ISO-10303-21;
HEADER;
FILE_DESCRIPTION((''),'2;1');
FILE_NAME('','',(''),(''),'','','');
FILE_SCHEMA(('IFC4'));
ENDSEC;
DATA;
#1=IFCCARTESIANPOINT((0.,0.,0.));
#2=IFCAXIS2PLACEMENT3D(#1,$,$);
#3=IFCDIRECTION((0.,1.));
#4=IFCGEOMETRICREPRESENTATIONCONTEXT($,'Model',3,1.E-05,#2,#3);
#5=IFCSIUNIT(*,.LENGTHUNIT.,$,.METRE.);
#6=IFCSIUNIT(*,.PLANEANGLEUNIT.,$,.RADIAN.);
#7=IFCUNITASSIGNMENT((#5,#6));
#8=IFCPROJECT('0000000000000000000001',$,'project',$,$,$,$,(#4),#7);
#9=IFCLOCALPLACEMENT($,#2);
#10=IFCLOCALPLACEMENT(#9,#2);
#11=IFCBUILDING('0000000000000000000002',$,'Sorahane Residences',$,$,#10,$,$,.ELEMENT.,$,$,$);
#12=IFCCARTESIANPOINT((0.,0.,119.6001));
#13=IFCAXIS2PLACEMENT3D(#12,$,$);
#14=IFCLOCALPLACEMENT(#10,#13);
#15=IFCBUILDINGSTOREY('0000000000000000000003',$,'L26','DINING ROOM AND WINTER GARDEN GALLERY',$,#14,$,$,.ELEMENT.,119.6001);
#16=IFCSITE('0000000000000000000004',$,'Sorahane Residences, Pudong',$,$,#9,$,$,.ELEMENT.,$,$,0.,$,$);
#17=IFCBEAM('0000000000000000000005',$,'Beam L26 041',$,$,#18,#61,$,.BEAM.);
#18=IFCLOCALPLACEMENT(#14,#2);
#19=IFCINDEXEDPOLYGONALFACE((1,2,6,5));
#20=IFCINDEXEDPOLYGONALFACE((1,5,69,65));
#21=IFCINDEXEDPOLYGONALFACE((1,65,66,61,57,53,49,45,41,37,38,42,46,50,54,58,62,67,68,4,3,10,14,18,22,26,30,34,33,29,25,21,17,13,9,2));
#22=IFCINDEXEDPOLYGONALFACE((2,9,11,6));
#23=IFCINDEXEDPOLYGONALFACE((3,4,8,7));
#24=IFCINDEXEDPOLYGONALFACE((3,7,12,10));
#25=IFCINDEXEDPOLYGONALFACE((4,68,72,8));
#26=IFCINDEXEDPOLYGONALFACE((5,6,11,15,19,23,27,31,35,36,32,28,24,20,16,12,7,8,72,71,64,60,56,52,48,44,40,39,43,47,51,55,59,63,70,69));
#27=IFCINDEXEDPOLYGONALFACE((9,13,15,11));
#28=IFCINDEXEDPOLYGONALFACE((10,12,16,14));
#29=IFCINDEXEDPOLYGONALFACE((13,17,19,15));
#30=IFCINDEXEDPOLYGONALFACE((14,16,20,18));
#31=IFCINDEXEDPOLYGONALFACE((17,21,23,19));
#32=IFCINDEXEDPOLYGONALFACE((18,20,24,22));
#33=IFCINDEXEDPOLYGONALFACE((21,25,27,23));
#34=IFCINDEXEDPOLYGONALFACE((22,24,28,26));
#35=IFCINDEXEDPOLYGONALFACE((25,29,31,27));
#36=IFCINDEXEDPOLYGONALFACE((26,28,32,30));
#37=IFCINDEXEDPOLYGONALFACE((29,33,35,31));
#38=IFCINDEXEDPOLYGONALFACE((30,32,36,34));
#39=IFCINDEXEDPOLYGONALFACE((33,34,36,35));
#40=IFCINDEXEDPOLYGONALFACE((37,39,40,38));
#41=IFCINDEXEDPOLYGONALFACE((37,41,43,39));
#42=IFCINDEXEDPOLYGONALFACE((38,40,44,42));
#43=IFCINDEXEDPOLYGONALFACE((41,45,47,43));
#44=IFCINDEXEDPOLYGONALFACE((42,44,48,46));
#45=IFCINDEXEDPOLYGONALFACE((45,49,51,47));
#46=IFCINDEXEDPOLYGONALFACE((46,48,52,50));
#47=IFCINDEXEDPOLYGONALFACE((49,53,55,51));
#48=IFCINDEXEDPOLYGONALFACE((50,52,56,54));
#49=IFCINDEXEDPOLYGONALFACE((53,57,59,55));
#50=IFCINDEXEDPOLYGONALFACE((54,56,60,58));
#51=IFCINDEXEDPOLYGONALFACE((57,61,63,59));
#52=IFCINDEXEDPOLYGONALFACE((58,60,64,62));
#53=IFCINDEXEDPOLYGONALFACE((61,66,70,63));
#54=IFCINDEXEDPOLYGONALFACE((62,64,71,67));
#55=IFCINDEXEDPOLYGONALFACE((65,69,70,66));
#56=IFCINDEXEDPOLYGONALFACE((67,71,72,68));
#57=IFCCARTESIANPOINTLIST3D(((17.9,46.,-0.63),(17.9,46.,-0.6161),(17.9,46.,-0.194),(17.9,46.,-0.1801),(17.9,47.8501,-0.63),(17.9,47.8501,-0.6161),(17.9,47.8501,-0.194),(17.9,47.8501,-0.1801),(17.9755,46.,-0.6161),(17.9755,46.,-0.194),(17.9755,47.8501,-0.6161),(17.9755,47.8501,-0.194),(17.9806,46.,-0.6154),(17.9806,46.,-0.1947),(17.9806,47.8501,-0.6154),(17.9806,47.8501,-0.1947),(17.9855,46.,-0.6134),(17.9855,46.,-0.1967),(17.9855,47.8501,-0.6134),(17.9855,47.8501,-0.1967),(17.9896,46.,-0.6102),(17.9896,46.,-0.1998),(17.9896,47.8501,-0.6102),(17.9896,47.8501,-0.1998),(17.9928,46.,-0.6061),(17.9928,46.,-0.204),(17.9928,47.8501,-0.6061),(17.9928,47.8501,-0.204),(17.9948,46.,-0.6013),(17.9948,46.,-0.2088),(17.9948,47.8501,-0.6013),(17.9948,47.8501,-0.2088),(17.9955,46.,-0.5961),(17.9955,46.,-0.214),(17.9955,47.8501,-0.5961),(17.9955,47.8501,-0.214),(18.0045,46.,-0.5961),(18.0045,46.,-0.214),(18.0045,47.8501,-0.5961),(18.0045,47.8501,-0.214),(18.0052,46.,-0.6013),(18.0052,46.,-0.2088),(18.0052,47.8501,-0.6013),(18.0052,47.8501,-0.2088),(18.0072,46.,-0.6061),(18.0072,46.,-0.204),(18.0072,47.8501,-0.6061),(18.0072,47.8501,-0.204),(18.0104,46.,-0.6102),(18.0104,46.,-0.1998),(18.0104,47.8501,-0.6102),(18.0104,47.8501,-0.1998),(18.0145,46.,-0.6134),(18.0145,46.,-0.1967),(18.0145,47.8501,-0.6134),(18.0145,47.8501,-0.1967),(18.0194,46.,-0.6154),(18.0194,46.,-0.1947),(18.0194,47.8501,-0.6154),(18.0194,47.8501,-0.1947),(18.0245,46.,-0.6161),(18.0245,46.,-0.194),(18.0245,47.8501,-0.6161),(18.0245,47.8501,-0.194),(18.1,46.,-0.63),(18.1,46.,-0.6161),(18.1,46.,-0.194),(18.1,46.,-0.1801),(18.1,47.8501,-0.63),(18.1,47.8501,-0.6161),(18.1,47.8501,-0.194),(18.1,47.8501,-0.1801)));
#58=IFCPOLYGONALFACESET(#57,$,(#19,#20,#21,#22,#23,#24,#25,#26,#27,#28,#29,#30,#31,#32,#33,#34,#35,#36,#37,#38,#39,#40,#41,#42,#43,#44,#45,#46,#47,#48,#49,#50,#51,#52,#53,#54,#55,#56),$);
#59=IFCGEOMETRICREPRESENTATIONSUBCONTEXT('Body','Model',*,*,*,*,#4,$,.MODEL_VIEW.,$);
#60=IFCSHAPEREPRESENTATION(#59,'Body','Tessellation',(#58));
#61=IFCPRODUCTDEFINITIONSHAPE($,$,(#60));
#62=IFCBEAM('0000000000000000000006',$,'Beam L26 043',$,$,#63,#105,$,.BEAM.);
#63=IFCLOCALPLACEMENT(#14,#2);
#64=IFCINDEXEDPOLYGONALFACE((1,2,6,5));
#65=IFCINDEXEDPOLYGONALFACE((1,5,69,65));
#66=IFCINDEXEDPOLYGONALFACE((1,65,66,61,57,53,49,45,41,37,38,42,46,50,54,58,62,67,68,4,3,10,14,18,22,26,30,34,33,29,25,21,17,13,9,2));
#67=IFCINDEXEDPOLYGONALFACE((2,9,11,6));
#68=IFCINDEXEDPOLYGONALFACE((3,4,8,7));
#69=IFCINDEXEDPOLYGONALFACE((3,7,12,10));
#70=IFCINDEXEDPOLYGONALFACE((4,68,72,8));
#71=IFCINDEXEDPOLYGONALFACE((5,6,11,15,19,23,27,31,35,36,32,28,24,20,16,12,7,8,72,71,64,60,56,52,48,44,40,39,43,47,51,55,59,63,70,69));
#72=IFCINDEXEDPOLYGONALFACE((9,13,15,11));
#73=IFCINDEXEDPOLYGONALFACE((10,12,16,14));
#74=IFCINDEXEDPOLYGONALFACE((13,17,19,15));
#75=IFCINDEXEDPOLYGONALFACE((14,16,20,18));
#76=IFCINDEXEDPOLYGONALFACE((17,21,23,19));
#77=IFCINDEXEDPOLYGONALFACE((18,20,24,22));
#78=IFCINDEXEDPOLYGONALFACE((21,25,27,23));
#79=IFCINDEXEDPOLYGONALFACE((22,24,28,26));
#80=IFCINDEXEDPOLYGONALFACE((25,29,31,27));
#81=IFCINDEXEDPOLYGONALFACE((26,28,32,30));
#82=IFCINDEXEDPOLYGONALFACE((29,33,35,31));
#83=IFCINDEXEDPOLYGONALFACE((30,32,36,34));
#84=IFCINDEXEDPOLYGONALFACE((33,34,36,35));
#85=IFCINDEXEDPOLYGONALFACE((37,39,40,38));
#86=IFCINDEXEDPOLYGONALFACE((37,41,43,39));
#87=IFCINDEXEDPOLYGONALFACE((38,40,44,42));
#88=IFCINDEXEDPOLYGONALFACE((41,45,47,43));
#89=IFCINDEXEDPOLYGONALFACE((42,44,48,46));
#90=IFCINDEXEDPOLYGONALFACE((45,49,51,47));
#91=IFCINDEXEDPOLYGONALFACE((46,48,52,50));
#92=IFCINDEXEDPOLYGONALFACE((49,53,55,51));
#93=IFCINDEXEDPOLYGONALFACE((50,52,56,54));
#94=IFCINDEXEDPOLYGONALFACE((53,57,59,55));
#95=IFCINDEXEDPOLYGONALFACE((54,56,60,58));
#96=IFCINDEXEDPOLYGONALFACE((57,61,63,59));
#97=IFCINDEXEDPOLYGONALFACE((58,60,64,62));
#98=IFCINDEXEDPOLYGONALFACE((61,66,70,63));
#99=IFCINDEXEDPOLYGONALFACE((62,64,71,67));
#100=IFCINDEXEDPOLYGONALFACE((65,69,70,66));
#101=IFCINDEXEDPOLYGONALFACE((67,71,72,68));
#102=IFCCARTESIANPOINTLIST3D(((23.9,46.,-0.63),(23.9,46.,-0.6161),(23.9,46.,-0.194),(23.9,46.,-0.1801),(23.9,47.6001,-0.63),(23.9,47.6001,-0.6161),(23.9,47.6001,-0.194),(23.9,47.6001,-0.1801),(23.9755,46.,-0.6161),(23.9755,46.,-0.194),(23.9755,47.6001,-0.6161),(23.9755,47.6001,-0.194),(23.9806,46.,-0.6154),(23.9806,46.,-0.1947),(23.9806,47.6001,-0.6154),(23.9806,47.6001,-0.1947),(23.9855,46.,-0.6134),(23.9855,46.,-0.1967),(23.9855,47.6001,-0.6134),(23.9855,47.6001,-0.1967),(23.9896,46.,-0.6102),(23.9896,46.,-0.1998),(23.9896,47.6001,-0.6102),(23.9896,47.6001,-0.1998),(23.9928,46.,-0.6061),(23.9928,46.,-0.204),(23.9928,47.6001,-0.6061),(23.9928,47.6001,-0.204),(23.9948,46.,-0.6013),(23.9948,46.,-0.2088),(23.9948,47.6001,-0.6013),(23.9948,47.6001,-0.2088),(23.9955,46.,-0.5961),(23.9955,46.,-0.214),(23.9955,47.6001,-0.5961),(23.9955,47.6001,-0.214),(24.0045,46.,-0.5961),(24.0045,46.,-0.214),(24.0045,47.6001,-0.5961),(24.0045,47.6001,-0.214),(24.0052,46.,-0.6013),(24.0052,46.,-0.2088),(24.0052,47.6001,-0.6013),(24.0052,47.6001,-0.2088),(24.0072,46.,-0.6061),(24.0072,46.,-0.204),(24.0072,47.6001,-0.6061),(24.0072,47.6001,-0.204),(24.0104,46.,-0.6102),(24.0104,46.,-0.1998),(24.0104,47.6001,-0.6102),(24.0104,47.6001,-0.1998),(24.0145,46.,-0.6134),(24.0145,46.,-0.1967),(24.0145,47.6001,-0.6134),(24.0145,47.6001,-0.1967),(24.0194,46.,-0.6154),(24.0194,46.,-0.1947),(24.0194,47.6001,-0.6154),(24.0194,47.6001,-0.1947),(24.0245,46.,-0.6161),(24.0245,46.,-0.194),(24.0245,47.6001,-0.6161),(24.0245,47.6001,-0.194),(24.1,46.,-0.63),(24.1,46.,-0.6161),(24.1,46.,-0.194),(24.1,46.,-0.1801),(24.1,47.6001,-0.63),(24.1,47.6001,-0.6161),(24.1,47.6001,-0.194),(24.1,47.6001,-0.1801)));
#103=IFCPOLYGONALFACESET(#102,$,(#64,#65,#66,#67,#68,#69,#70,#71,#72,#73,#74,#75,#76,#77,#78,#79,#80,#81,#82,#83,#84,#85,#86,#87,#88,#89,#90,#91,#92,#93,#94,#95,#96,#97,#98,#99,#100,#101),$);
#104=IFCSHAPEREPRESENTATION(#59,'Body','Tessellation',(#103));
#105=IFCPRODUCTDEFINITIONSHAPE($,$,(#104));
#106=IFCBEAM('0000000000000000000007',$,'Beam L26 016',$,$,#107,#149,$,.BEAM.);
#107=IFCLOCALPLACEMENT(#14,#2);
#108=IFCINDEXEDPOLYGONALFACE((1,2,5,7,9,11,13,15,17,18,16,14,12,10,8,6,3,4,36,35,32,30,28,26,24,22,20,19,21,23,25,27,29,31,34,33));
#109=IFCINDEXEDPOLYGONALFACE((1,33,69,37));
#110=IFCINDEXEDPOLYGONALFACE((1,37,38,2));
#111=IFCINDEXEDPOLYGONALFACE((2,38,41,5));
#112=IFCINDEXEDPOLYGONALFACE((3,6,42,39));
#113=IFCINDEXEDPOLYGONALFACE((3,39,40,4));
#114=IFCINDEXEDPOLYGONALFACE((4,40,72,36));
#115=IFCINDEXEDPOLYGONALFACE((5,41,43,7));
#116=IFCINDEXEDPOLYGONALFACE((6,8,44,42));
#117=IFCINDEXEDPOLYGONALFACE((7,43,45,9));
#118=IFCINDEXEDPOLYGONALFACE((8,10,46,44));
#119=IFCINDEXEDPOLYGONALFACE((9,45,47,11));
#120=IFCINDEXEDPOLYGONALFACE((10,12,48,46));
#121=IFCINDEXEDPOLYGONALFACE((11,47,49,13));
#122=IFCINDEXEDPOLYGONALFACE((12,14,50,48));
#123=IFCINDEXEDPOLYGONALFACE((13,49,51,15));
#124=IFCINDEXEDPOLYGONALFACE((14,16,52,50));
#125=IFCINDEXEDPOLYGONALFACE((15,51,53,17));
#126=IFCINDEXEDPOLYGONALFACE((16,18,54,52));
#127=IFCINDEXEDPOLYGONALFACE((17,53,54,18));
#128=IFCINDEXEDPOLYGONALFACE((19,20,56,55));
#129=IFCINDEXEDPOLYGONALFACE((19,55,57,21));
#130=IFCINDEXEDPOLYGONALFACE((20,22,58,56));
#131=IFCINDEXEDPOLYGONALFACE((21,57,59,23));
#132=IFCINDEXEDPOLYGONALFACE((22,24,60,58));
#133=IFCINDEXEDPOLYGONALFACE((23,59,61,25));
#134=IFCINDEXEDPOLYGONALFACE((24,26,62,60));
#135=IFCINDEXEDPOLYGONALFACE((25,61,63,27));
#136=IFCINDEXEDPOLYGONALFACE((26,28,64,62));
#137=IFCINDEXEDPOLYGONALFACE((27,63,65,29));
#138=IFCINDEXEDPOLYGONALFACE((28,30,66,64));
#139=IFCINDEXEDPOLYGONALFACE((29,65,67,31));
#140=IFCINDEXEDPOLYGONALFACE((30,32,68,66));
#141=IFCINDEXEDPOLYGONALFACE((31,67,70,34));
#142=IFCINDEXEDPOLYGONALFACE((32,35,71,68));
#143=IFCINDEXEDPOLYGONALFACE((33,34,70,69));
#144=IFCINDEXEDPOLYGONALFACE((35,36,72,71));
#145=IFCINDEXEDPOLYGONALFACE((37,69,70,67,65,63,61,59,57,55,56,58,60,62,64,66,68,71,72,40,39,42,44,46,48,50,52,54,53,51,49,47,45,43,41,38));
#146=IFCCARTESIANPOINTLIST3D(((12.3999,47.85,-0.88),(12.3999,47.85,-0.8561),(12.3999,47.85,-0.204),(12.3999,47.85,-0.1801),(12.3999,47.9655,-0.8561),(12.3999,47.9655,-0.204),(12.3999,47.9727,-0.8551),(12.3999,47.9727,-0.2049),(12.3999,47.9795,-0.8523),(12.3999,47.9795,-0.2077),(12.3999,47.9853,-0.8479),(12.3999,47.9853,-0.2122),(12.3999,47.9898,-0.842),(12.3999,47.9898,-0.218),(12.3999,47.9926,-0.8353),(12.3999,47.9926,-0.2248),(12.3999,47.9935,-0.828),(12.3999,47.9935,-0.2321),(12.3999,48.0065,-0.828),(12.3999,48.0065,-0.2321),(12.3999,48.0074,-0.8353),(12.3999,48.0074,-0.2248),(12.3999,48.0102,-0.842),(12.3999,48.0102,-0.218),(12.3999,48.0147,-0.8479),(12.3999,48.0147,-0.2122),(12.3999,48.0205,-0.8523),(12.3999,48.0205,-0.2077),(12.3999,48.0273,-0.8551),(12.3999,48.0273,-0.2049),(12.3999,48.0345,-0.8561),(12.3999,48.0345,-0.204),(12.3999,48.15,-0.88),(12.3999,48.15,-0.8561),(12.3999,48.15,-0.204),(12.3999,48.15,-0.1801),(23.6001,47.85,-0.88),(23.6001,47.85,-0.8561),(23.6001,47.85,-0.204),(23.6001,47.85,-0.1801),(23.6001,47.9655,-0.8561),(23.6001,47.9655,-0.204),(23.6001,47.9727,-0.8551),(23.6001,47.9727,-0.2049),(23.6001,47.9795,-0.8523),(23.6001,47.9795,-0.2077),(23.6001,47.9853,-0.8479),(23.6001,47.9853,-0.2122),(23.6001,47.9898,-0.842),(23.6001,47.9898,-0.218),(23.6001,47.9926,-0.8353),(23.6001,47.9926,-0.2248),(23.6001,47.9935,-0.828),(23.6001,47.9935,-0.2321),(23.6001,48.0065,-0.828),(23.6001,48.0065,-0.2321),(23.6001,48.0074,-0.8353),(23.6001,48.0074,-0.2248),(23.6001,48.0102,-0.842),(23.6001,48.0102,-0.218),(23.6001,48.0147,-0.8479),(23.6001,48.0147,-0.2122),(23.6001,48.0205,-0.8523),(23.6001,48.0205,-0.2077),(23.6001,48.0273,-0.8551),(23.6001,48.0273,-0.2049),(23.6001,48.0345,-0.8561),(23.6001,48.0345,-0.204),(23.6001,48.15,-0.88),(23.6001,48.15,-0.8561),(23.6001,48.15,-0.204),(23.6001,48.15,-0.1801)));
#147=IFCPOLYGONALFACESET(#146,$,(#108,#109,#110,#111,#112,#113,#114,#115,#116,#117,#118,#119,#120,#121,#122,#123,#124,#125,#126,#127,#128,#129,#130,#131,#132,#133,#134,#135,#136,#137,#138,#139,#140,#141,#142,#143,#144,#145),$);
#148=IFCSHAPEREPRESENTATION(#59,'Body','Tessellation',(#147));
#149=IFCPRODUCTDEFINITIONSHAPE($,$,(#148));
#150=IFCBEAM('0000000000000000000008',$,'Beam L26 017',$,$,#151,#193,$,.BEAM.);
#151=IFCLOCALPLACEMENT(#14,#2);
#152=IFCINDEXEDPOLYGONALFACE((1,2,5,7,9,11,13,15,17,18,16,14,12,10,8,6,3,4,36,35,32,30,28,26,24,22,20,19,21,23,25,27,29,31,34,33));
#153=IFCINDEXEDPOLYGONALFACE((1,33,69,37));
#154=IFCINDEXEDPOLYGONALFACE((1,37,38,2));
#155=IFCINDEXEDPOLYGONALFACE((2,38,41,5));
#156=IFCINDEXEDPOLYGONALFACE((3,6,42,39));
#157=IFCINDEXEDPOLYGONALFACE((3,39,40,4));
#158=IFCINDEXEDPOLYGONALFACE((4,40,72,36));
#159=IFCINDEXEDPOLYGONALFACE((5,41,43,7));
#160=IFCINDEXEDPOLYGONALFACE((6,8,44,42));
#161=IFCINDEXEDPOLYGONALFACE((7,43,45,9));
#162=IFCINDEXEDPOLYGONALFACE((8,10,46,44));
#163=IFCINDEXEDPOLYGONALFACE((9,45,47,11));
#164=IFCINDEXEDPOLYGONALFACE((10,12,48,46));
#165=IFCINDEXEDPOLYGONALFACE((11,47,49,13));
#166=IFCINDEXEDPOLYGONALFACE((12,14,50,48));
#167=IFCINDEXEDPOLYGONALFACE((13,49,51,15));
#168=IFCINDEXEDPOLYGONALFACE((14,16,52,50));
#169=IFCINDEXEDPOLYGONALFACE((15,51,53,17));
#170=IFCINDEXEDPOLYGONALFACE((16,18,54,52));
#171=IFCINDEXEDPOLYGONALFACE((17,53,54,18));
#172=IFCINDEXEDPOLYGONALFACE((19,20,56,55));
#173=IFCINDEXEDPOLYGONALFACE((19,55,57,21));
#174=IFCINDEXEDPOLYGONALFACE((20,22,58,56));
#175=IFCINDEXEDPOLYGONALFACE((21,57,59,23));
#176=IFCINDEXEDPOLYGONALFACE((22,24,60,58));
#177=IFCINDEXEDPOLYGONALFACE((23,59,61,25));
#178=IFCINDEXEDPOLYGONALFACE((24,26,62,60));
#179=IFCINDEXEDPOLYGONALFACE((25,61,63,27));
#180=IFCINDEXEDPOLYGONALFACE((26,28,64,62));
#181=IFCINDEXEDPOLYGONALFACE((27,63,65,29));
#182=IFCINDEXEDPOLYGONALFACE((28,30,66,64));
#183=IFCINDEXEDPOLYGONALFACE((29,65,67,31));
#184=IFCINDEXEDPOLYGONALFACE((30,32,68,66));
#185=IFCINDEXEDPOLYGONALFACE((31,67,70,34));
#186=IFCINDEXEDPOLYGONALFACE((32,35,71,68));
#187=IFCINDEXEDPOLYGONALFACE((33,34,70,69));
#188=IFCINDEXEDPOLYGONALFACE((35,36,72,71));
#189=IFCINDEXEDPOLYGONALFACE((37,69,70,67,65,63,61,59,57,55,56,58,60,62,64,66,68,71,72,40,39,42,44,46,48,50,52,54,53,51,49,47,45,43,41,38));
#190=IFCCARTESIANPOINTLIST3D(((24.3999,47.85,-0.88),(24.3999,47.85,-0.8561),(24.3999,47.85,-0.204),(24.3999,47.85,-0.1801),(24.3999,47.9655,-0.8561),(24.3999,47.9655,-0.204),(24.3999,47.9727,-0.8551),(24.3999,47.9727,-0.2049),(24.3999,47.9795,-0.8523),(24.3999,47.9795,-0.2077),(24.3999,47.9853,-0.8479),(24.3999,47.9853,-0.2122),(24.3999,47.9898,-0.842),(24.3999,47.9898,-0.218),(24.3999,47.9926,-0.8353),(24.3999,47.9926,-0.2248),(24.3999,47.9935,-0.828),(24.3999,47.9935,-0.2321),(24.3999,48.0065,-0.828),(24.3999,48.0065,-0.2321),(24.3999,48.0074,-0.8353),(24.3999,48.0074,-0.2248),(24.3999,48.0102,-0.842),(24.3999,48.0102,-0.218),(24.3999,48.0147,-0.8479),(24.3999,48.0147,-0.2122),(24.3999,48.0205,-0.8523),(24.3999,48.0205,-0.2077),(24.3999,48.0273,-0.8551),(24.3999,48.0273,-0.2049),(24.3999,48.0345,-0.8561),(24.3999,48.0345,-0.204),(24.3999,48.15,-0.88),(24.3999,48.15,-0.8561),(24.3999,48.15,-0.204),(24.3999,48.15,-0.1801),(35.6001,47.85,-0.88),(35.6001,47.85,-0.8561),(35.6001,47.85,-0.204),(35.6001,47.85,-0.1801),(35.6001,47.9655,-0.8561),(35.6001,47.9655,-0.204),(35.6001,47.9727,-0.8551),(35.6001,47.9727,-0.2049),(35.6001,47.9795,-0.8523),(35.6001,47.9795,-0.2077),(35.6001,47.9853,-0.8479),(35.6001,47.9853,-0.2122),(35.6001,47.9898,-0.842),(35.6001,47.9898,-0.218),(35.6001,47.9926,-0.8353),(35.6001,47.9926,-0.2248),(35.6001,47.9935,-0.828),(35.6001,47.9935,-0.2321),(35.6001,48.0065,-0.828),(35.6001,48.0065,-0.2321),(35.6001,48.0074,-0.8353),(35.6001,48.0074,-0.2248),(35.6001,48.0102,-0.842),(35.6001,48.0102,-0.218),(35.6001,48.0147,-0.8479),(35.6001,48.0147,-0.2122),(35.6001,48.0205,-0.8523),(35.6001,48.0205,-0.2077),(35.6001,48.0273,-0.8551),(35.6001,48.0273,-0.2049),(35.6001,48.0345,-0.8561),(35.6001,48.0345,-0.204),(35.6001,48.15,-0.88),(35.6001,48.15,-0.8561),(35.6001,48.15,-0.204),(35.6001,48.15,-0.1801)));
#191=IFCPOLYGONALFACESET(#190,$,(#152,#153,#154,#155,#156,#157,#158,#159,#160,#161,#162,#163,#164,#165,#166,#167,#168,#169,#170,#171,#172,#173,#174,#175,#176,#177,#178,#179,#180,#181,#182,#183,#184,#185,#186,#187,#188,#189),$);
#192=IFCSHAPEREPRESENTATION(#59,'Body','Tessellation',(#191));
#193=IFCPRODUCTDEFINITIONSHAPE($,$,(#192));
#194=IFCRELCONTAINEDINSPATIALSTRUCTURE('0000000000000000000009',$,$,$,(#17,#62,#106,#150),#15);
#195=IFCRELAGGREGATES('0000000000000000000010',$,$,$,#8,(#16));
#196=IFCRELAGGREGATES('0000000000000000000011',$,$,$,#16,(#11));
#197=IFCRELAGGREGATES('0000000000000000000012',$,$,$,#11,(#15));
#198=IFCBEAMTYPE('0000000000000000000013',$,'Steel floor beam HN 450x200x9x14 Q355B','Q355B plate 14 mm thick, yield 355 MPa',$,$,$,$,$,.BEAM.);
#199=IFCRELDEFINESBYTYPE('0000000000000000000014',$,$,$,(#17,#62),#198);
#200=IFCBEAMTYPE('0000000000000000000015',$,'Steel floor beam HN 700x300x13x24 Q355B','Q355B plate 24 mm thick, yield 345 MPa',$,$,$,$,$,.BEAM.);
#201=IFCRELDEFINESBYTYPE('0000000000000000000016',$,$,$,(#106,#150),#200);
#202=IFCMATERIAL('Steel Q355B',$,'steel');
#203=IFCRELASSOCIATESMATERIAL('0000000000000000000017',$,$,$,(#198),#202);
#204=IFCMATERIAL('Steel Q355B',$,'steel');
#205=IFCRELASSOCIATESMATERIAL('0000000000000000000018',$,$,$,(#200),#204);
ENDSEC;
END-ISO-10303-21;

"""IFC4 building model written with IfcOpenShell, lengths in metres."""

from ifc_helpers import new_model, si_unit, direction, frame, origin, origin_2d, place, context, subcontext, project, spatial, i_section, extrude, material, material_profile, profile_set, type_object, element, save


model = new_model("IFC4")

# Units and contexts
model_context = context("Model", 3, precision=1e-05, world=origin(), true_north=direction((0.0, 1.0)))
body_context = subcontext(model_context, "Body", "Model", "MODEL_VIEW")
ifc_project = project(units=[si_unit("LENGTHUNIT", "METRE"), si_unit("PLANEANGLEUNIT", "RADIAN")], contexts=[model_context])

# Site, building, storey
site_placement = place(None, origin())
site = spatial("IfcSite", under=ifc_project, at=site_placement, Name="Sorahane Residences, Pudong", CompositionType="ELEMENT", RefElevation=0.0)
building_placement = place(site_placement, origin())
building = spatial("IfcBuilding", under=site, at=building_placement, Name="Sorahane Residences", CompositionType="ELEMENT")
storey_placement = place(building_placement, frame((0.0, 0.0, 119.6001)))
storey = spatial("IfcBuildingStorey", under=building, at=storey_placement, Name="L26", Description="DINING ROOM AND WINTER GARDEN GALLERY", CompositionType="ELEMENT", Elevation=119.6001)

# Beams
ifc_material_1 = material(Name="Steel Q355B", Category="steel")
ifc_material_profile_1 = material_profile(ifc_material_1, i_section(OverallWidth=0.2, OverallDepth=0.45, WebThickness=0.009, FlangeThickness=0.0139, FilletRadius=0.02, at=origin_2d()), Name="HN 450x200x9x14")
ifc_profile_set_1 = profile_set([ifc_material_profile_1], Name="Steel Q355B")
beam_type_1 = type_object("IfcBeamType", Name="Steel floor beam HN 450x200x9x14 Q355B", Description="Q355B plate 14 mm thick, yield 355 MPa", PredefinedType="BEAM", material=ifc_profile_set_1)
beam_1_placement = place(storey_placement, frame((18.0, 46.0, -0.405), z_axis=(0.0, 1.0, 0.0), x_axis=(-1.0, 0.0, 0.0)))
element("IfcBeam", 1, at=beam_1_placement, inside=storey, type_object=beam_type_1, Name="Beam L26 041", PredefinedType="BEAM", context=body_context, shape_type="SweptSolid", body=[
    extrude(i_section(OverallWidth=0.2, OverallDepth=0.45, WebThickness=0.009, FlangeThickness=0.0139, FilletRadius=0.02, at=origin_2d()), origin(), (0.0, 0.0, 1.0), 1.8501),
])
beam_2_placement = place(storey_placement, frame((24.0, 46.0, -0.405), z_axis=(0.0, 1.0, 0.0), x_axis=(-1.0, 0.0, 0.0)))
element("IfcBeam", 2, at=beam_2_placement, inside=storey, type_object=beam_type_1, Name="Beam L26 043", PredefinedType="BEAM", context=body_context, shape_type="SweptSolid", body=[
    extrude(i_section(OverallWidth=0.2, OverallDepth=0.45, WebThickness=0.009, FlangeThickness=0.0139, FilletRadius=0.02, at=origin_2d()), origin(), (0.0, 0.0, 1.0), 1.6001),
])
ifc_material_2 = material(Name="Steel Q355B", Category="steel")
ifc_material_profile_2 = material_profile(ifc_material_2, i_section(OverallWidth=0.3, OverallDepth=0.7, WebThickness=0.0129, FlangeThickness=0.0239, FilletRadius=0.0281, at=origin_2d()), Name="HN 700x300x13x24")
ifc_profile_set_2 = profile_set([ifc_material_profile_2], Name="Steel Q355B")
beam_type_2 = type_object("IfcBeamType", Name="Steel floor beam HN 700x300x13x24 Q355B", Description="Q355B plate 24 mm thick, yield 345 MPa", PredefinedType="BEAM", material=ifc_profile_set_2)
for number, where, z_axis, x_axis, name in (
    (3, (12.3999, 48.0, -0.53), (1.0, 0.0, 0.0), (0.0, 1.0, 0.0), "Beam L26 016"),
    (4, (24.3999, 48.0, -0.53), (1.0, 0.0, 0.0), (0.0, 1.0, 0.0), "Beam L26 017"),
):
    element("IfcBeam", number, at=place(storey_placement, frame(where, z_axis=z_axis, x_axis=x_axis)), inside=storey, type_object=beam_type_2, Name=name, PredefinedType="BEAM", context=body_context, shape_type="SweptSolid", body=[
        extrude(i_section(OverallWidth=0.3, OverallDepth=0.7, WebThickness=0.0129, FlangeThickness=0.0239, FilletRadius=0.0281, at=origin_2d()), origin(), (0.0, 0.0, 1.0), 11.2002),
    ])

save(model, "model.ifc")
